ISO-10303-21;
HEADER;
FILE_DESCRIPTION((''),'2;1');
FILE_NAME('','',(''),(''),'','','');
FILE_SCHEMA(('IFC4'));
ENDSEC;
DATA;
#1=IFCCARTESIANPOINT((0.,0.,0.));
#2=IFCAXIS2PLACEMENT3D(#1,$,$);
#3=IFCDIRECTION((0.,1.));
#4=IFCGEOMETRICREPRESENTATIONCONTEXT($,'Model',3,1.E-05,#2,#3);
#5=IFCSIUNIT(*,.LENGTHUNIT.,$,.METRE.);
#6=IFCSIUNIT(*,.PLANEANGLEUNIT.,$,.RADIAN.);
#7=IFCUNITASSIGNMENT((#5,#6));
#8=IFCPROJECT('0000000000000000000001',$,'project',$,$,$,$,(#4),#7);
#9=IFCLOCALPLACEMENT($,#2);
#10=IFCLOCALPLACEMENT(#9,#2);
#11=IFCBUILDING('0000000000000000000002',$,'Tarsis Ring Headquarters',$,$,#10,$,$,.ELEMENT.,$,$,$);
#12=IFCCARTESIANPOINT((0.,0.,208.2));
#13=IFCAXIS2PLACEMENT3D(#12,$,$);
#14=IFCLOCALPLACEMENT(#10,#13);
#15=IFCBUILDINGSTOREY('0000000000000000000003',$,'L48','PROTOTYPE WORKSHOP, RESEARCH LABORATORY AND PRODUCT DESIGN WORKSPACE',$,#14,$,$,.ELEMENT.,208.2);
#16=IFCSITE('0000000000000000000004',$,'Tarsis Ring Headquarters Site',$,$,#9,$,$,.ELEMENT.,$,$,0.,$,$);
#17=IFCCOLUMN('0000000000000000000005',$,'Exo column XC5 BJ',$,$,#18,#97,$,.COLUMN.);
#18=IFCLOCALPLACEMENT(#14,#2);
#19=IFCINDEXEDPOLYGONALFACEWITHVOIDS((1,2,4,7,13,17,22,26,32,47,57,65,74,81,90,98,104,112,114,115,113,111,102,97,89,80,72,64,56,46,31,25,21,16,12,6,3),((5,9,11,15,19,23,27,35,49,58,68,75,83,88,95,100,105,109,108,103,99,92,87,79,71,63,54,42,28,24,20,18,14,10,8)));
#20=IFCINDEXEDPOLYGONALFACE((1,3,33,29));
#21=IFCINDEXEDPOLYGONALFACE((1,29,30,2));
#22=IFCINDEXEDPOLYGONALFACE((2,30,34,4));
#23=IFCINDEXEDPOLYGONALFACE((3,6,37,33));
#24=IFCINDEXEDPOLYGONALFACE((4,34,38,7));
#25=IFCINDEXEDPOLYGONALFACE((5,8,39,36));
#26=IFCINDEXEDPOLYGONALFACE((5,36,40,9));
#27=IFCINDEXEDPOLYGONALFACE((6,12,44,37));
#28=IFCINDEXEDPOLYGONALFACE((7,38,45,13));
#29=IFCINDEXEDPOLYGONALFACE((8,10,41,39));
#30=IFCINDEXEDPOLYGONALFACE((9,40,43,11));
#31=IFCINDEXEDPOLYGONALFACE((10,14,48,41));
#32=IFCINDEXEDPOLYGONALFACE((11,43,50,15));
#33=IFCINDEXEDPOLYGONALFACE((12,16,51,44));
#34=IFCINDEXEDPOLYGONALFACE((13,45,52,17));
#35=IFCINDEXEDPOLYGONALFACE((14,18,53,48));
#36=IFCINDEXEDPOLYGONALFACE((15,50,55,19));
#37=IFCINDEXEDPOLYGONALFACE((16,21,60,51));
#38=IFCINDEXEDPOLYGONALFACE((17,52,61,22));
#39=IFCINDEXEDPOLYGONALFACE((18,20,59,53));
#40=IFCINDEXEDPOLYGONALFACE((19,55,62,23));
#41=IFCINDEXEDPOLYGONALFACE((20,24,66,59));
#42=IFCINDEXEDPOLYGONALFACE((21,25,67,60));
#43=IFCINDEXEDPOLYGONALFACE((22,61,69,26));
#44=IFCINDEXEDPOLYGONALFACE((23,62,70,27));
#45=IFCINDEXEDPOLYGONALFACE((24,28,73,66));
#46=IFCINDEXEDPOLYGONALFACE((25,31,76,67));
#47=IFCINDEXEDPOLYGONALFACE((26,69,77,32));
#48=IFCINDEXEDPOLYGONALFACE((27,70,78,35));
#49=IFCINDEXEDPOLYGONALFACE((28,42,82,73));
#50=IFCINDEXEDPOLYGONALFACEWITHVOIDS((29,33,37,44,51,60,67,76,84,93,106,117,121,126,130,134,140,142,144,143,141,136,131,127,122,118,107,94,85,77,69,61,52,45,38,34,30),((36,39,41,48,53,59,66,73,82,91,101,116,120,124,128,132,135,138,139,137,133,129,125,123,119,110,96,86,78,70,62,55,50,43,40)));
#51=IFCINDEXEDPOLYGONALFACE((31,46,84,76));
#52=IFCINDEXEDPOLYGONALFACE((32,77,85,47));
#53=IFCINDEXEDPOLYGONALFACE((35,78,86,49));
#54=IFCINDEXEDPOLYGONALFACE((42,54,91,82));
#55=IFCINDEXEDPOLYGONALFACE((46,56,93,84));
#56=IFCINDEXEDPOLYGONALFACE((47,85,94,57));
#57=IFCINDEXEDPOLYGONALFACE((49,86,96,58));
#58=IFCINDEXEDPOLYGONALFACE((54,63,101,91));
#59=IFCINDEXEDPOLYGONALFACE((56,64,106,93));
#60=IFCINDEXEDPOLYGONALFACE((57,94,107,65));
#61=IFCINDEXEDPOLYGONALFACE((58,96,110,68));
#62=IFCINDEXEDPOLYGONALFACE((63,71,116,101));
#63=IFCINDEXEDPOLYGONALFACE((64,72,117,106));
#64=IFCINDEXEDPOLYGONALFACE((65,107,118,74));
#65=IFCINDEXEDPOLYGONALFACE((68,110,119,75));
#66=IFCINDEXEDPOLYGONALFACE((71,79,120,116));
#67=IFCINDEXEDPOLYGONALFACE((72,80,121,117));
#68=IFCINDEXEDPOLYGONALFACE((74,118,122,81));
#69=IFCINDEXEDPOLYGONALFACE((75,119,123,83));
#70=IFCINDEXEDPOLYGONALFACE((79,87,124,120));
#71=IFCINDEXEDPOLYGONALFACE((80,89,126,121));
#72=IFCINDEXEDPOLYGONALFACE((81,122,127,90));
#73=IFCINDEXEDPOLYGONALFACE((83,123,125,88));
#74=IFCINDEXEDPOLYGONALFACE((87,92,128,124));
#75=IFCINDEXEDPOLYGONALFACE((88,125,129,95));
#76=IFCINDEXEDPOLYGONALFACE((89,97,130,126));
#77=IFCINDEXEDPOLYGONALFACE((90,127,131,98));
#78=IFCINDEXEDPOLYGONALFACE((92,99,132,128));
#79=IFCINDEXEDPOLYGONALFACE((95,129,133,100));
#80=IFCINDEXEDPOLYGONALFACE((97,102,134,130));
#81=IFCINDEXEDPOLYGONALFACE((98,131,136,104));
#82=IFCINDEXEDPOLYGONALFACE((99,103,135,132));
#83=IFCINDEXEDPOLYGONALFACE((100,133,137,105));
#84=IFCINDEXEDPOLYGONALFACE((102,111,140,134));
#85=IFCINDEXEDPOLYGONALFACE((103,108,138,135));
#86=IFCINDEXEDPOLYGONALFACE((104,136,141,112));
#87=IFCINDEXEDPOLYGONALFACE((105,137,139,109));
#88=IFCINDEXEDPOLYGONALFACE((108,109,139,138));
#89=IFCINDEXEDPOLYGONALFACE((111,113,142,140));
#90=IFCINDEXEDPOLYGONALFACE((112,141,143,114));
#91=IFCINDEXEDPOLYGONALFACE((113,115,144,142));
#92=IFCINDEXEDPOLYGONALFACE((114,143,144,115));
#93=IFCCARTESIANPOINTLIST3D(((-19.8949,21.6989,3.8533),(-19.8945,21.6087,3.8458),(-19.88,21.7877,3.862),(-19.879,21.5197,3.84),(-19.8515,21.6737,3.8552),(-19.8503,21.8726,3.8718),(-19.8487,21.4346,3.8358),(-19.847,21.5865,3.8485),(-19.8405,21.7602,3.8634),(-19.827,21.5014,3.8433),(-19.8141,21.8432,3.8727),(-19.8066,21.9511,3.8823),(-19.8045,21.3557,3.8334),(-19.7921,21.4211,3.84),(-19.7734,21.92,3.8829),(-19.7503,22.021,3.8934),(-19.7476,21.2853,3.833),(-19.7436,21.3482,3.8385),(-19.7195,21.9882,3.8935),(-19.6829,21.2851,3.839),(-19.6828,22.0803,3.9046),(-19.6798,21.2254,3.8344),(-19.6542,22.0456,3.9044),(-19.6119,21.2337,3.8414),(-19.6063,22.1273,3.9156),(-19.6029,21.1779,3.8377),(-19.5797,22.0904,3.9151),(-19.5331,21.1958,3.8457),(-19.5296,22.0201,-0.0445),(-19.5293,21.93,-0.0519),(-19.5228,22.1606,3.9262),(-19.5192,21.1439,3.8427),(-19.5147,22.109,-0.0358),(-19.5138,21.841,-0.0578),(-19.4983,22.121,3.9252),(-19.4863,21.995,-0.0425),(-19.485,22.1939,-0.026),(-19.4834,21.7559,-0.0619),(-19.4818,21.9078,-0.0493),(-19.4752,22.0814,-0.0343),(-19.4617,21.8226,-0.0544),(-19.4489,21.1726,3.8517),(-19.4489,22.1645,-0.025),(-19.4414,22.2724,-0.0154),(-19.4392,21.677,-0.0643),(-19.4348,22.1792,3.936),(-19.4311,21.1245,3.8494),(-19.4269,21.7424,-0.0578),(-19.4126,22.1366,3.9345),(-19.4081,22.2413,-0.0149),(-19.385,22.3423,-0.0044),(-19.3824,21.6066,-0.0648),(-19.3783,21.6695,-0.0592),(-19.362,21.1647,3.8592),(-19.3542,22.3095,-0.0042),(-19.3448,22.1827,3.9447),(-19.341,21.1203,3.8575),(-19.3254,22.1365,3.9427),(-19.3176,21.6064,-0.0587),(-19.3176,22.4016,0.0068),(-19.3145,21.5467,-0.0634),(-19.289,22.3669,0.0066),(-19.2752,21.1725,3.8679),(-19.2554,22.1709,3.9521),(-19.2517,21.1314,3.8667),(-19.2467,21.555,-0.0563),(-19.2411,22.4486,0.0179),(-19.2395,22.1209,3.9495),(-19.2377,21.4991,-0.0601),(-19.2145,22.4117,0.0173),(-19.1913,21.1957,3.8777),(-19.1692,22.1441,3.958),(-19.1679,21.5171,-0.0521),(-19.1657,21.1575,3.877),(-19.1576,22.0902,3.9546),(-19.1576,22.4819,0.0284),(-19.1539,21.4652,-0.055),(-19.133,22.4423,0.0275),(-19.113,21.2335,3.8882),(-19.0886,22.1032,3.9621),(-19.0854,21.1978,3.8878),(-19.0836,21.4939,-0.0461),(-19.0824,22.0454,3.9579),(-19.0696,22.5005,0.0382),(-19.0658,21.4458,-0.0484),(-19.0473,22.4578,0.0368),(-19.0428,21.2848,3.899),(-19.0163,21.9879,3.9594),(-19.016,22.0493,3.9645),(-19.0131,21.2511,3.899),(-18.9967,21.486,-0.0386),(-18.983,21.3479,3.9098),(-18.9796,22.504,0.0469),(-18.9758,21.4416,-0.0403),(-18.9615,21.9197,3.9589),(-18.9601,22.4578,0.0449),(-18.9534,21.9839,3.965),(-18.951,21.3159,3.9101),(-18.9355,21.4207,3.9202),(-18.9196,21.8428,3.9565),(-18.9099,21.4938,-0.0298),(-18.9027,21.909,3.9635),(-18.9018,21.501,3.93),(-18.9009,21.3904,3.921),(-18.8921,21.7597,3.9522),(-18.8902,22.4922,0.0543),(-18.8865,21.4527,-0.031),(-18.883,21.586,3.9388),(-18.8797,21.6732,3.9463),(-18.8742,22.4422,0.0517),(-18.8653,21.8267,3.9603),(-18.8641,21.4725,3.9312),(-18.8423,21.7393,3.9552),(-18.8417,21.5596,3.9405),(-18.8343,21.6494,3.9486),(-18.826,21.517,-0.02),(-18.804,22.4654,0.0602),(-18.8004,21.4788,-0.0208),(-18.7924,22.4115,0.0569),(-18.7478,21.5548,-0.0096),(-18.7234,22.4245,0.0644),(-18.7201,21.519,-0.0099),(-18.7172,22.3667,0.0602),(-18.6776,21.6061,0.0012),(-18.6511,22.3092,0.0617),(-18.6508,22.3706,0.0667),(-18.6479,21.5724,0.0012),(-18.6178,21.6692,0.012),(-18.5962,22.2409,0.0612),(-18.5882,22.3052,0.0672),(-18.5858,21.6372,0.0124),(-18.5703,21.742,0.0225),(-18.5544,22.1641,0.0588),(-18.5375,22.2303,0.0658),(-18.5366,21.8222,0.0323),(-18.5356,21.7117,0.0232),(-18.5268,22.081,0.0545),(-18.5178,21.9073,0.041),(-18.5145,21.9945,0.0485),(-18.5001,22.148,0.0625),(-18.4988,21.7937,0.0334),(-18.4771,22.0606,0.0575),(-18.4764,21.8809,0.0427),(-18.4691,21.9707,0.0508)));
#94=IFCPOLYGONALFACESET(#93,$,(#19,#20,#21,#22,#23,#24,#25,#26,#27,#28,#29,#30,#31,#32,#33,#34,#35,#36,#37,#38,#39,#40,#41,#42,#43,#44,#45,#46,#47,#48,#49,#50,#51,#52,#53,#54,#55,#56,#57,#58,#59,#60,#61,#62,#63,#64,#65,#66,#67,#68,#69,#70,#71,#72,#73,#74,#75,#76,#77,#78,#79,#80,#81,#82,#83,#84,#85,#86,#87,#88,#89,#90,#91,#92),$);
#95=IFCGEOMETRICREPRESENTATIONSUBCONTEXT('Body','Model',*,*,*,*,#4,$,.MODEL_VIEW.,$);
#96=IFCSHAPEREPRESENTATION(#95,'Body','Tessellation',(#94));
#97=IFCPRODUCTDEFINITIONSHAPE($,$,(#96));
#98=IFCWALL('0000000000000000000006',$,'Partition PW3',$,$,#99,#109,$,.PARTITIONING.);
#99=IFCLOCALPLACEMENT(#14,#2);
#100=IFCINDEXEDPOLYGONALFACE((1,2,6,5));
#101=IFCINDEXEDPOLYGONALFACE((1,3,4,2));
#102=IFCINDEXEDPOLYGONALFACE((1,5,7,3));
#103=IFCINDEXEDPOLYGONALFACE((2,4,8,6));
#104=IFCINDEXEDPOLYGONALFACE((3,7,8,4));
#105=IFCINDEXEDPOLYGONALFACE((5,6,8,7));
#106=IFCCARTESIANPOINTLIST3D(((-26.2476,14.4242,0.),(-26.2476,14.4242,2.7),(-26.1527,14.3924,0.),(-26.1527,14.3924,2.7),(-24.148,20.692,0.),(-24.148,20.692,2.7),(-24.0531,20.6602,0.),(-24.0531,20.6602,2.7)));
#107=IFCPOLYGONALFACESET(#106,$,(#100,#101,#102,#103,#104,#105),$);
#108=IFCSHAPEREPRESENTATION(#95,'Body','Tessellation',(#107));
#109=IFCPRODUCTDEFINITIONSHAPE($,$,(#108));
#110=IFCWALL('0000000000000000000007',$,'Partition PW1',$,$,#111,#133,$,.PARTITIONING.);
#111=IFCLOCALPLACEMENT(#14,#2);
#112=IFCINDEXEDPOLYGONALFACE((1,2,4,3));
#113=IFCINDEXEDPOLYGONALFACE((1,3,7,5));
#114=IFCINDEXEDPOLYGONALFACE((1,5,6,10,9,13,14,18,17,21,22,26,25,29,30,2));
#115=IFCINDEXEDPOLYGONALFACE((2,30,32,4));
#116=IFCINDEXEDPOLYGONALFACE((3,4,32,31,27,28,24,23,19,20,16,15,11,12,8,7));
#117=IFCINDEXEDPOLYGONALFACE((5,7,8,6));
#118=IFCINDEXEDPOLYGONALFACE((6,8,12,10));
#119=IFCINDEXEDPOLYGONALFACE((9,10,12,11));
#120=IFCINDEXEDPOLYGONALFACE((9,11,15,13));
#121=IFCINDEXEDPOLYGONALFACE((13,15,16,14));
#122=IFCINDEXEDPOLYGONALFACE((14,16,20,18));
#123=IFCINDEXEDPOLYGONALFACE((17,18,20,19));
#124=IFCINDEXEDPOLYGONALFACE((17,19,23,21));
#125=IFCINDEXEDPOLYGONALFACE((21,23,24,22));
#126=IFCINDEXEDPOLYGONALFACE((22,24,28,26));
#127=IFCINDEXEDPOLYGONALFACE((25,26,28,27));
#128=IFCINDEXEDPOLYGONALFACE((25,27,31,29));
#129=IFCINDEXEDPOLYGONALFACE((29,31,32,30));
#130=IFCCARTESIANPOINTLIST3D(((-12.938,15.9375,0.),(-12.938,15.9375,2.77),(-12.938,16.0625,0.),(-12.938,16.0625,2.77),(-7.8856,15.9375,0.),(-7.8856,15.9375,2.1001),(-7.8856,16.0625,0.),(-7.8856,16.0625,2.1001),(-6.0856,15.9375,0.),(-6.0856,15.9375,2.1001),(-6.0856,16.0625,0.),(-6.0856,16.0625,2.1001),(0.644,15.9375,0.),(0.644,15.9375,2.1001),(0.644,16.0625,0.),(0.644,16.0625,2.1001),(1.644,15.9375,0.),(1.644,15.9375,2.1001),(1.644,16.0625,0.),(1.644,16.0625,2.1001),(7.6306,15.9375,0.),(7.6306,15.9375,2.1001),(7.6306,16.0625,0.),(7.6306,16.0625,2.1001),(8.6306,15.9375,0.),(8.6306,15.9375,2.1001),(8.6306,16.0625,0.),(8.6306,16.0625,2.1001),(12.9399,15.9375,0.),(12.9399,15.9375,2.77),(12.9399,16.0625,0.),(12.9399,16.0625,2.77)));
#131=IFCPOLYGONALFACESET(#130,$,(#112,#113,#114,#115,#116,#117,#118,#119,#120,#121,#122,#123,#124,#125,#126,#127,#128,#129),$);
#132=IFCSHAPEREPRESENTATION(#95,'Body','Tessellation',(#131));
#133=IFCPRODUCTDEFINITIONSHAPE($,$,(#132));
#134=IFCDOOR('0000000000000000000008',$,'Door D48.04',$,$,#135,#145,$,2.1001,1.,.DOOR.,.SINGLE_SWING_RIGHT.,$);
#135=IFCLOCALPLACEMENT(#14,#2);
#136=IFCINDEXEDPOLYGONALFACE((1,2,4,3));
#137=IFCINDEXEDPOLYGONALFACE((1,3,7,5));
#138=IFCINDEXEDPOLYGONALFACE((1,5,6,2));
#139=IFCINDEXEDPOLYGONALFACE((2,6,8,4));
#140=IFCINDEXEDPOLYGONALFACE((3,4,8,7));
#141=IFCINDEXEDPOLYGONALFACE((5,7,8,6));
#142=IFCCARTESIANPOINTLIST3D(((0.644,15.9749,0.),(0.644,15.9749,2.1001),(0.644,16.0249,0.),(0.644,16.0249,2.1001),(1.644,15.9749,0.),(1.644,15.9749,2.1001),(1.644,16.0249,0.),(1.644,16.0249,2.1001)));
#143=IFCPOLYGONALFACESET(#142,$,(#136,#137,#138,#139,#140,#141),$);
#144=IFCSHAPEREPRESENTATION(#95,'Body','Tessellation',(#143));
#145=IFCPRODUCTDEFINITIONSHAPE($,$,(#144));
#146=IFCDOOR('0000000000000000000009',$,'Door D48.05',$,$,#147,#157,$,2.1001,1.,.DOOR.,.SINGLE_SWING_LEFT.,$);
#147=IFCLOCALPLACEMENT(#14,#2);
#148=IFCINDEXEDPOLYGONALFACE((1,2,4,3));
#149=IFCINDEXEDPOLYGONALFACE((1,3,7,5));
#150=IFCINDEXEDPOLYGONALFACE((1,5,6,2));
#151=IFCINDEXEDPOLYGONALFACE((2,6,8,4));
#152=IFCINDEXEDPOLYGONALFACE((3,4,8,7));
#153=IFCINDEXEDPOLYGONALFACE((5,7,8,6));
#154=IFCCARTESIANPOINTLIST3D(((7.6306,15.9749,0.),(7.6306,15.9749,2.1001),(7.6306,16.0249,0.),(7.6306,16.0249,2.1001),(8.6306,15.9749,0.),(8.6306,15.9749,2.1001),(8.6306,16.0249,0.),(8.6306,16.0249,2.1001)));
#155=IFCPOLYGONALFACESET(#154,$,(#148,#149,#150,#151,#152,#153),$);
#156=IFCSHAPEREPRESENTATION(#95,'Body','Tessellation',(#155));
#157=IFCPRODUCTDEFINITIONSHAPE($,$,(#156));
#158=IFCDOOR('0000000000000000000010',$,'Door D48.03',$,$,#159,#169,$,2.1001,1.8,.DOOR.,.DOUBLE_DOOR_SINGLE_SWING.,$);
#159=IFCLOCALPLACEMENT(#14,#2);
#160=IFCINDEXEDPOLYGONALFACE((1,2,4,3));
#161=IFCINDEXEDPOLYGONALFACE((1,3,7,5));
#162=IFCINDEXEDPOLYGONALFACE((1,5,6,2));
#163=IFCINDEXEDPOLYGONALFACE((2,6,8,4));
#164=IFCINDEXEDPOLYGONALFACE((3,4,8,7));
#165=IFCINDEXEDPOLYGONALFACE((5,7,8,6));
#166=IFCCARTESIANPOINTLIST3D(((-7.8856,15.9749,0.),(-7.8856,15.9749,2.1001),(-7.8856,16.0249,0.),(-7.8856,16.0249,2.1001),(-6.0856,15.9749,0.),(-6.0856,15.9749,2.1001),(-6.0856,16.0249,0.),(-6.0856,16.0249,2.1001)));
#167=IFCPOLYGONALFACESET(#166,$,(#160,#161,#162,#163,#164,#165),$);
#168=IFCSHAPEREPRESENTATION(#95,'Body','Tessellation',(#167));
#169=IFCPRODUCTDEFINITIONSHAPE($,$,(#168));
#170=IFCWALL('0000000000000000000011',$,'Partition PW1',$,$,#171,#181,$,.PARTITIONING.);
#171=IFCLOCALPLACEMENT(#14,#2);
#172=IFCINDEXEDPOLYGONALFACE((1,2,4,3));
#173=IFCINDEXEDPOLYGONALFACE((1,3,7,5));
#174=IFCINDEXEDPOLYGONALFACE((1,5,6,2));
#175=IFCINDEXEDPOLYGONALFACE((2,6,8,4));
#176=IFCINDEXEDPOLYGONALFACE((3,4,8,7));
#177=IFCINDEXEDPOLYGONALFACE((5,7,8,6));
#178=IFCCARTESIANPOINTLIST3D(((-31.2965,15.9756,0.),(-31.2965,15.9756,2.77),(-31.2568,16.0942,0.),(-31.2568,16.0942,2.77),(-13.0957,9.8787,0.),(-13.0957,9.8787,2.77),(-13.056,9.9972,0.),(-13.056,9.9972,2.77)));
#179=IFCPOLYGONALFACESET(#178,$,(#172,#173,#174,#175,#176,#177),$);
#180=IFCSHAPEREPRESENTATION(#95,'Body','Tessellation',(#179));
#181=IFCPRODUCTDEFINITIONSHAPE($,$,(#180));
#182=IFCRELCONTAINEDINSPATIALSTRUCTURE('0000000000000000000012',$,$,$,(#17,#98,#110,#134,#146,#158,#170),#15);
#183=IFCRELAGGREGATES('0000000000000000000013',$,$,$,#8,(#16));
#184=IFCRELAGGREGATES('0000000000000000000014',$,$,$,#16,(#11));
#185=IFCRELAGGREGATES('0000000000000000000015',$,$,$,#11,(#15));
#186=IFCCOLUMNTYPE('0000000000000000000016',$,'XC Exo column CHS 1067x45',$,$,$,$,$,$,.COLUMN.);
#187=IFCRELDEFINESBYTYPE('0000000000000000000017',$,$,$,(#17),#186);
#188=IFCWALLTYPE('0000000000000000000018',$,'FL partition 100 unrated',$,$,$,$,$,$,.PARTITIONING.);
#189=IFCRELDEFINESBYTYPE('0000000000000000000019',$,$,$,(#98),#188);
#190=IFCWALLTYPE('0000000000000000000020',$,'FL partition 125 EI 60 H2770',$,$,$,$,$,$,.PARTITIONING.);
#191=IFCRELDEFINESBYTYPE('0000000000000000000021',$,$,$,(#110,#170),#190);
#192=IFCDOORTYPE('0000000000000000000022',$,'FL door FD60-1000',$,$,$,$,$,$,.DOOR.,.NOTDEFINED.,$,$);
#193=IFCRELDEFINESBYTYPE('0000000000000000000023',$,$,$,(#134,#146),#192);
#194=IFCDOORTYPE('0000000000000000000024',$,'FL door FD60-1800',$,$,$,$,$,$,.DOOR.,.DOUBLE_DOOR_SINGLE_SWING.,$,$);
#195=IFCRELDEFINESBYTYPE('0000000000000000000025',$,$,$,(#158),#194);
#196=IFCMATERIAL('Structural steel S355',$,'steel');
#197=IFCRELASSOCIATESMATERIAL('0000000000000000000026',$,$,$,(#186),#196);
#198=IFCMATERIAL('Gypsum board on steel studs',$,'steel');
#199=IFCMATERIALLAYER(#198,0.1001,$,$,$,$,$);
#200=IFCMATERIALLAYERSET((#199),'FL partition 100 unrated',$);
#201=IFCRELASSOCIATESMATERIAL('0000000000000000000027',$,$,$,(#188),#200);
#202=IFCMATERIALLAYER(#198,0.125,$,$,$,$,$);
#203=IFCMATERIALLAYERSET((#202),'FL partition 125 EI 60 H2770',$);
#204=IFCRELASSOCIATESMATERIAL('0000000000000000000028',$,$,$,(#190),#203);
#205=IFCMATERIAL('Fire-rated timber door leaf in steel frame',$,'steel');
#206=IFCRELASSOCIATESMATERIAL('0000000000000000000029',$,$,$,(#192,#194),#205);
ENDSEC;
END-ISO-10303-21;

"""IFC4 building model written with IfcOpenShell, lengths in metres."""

from ifc_helpers import new_model, si_unit, direction, frame, frame_2d, origin, origin_2d, place, context, subcontext, project, spatial, rectangle, hollow_circle, extrude, material, layer, layer_set, material_profile, profile_set, type_object, element, fill, save


model = new_model("IFC4")

# Units and contexts
model_context = context("Model", 3, precision=1e-05, world=origin(), true_north=direction((0.0, 1.0)))
body_context = subcontext(model_context, "Body", "Model", "MODEL_VIEW")
ifc_project = project(units=[si_unit("LENGTHUNIT", "METRE"), si_unit("PLANEANGLEUNIT", "RADIAN")], contexts=[model_context])

# Site, building, storey
site_placement = place(None, origin())
site = spatial("IfcSite", under=ifc_project, at=site_placement, Name="Tarsis Ring Headquarters Site", CompositionType="ELEMENT", RefElevation=0.0)
building_placement = place(site_placement, origin())
building = spatial("IfcBuilding", under=site, at=building_placement, Name="Tarsis Ring Headquarters", CompositionType="ELEMENT")
storey_placement = place(building_placement, frame((0.0, 0.0, 208.2)))
storey = spatial("IfcBuildingStorey", under=building, at=storey_placement, Name="L48", Description="PROTOTYPE WORKSHOP, RESEARCH LABORATORY AND PRODUCT DESIGN WORKSPACE", CompositionType="ELEMENT", Elevation=208.2)

# Column
ifc_material_1 = material(Name="Structural steel S355", Category="steel")
ifc_material_profile_1 = material_profile(ifc_material_1, hollow_circle(Radius=0.5334, WallThickness=0.0449, at=origin_2d()), Name="CHS 1067x45")
ifc_profile_set_1 = profile_set([ifc_material_profile_1], Name="Structural steel S355")
column_type = type_object("IfcColumnType", Name="XC Exo column CHS 1067x45", PredefinedType="COLUMN", material=ifc_profile_set_1)
column_placement = place(storey_placement, frame((-19.0002, 21.9729, 0.0012), z_axis=(-0.092984, -0.081796, 0.992302), x_axis=(0.660492, -0.750833, 0.0)))
element("IfcColumn", 1, at=column_placement, inside=storey, type_object=column_type, Name="Exo column XC5 BJ", PredefinedType="COLUMN", context=body_context, shape_type="SweptSolid", body=[
    extrude(hollow_circle(Radius=0.5334, WallThickness=0.0449, at=origin_2d()), origin(), (0.0, 0.0, 1.0), 3.928),
])

# Wall
ifc_material_2 = material(Name="Gypsum board on steel studs", Category="steel")
ifc_layer_1 = layer(ifc_material_2, 0.1001)
ifc_layer_set_1 = layer_set([ifc_layer_1], Name="FL partition 100 unrated")
wall_type_1 = type_object("IfcWallType", Name="FL partition 100 unrated", PredefinedType="PARTITIONING", material=ifc_layer_set_1)
wall_1_placement = place(storey_placement, frame((-26.2002, 14.4082, 0.0), z_axis=(0.0, 0.0, 1.0), x_axis=(0.317635, 0.948213, 0.0)))
element("IfcWall", 2, at=wall_1_placement, inside=storey, type_object=wall_type_1, Name="Partition PW3", PredefinedType="PARTITIONING", context=body_context, shape_type="SweptSolid", body=[
    extrude(rectangle(XDim=6.6101, YDim=0.1001, at=frame_2d((3.3052, 0.0))), origin(), (0.0, 0.0, 1.0), 2.7),
])

# Wall, openings, doors
ifc_layer_2 = layer(ifc_material_2, 0.125)
ifc_layer_set_2 = layer_set([ifc_layer_2], Name="FL partition 125 EI 60 H2770")
wall_type_2 = type_object("IfcWallType", Name="FL partition 125 EI 60 H2770", PredefinedType="PARTITIONING", material=ifc_layer_set_2)
wall_2_placement = place(storey_placement, frame((-12.938, 16.0, 0.0), z_axis=(0.0, 0.0, 1.0), x_axis=(1.0, 0.0, 0.0)))
wall_2 = element("IfcWall", 3, at=wall_2_placement, inside=storey, type_object=wall_type_2, Name="Partition PW1", PredefinedType="PARTITIONING", context=body_context, shape_type="SweptSolid", body=[
    extrude(rectangle(XDim=25.8779, YDim=0.125, at=frame_2d((12.939, 0.0))), origin(), (0.0, 0.0, 1.0), 2.77),
])
opening_1_placement = place(wall_2_placement, frame((5.0525, 0.0, 0.0)))
opening_1 = element("IfcOpeningElement", 4, at=opening_1_placement, cuts=wall_2, PredefinedType="OPENING", context=body_context, shape_type="SweptSolid", body=[
    extrude(rectangle(XDim=1.8, YDim=2.1001, at=frame_2d((0.8999, 1.05))), frame((0.0, 0.0725, 0.0), z_axis=(0.0, -1.0, 0.0), x_axis=(1.0, 0.0, 0.0)), (0.0, 0.0, 1.0), 0.145),
])
opening_2_placement = place(wall_2_placement, frame((13.582, 0.0, 0.0)))
opening_2 = element("IfcOpeningElement", 5, at=opening_2_placement, cuts=wall_2, PredefinedType="OPENING", context=body_context, shape_type="SweptSolid", body=[
    extrude(rectangle(XDim=1.0, YDim=2.1001, at=frame_2d((0.5, 1.05))), frame((0.0, 0.0725, 0.0), z_axis=(0.0, -1.0, 0.0), x_axis=(1.0, 0.0, 0.0)), (0.0, 0.0, 1.0), 0.145),
])
opening_3_placement = place(wall_2_placement, frame((20.5686, 0.0, 0.0)))
opening_3 = element("IfcOpeningElement", 6, at=opening_3_placement, cuts=wall_2, PredefinedType="OPENING", context=body_context, shape_type="SweptSolid", body=[
    extrude(rectangle(XDim=1.0, YDim=2.1001, at=frame_2d((0.5, 1.05))), frame((0.0, 0.0725, 0.0), z_axis=(0.0, -1.0, 0.0), x_axis=(1.0, 0.0, 0.0)), (0.0, 0.0, 1.0), 0.145),
])
ifc_material_3 = material(Name="Fire-rated timber door leaf in steel frame", Category="steel")
door_type_1 = type_object("IfcDoorType", Name="FL door FD60-1000", OperationType="NOTDEFINED", PredefinedType="DOOR", material=ifc_material_3)
door_1_placement = place(opening_2_placement, origin())
door_1 = element("IfcDoor", 7, at=door_1_placement, inside=storey, type_object=door_type_1, Name="Door D48.04", OperationType="SINGLE_SWING_RIGHT", OverallHeight=2.1001, OverallWidth=1.0, PredefinedType="DOOR", context=body_context, shape_type="SweptSolid", body=[
    extrude(rectangle(XDim=1.0, YDim=2.1001, at=frame_2d((0.5, 1.05))), frame((0.0, 0.0249, 0.0), z_axis=(0.0, -1.0, 0.0), x_axis=(1.0, 0.0, 0.0)), (0.0, 0.0, 1.0), 0.05),
])
fill(opening_2, door_1)
door_2_placement = place(opening_3_placement, origin())
door_2 = element("IfcDoor", 8, at=door_2_placement, inside=storey, type_object=door_type_1, Name="Door D48.05", OperationType="SINGLE_SWING_LEFT", OverallHeight=2.1001, OverallWidth=1.0, PredefinedType="DOOR", context=body_context, shape_type="SweptSolid", body=[
    extrude(rectangle(XDim=1.0, YDim=2.1001, at=frame_2d((0.5, 1.05))), frame((0.0, 0.0249, 0.0), z_axis=(0.0, -1.0, 0.0), x_axis=(1.0, 0.0, 0.0)), (0.0, 0.0, 1.0), 0.05),
])
fill(opening_3, door_2)
door_type_2 = type_object("IfcDoorType", Name="FL door FD60-1800", OperationType="DOUBLE_DOOR_SINGLE_SWING", PredefinedType="DOOR", material=ifc_material_3)
door_3_placement = place(opening_1_placement, origin())
door_3 = element("IfcDoor", 9, at=door_3_placement, inside=storey, type_object=door_type_2, Name="Door D48.03", OperationType="DOUBLE_DOOR_SINGLE_SWING", OverallHeight=2.1001, OverallWidth=1.8, PredefinedType="DOOR", context=body_context, shape_type="SweptSolid", body=[
    extrude(rectangle(XDim=1.8, YDim=2.1001, at=frame_2d((0.8999, 1.05))), frame((0.0, 0.0249, 0.0), z_axis=(0.0, -1.0, 0.0), x_axis=(1.0, 0.0, 0.0)), (0.0, 0.0, 1.0), 0.05),
])
fill(opening_1, door_3)

# Wall
wall_3_placement = place(storey_placement, frame((-31.2766, 16.0349, 0.0), z_axis=(0.0, 0.0, 1.0), x_axis=(0.948213, -0.317635, 0.0)))
element("IfcWall", 10, at=wall_3_placement, inside=storey, type_object=wall_type_2, Name="Partition PW1", PredefinedType="PARTITIONING", context=body_context, shape_type="SweptSolid", body=[
    extrude(rectangle(XDim=19.1948, YDim=0.125, at=frame_2d((9.5974, 0.0))), origin(), (0.0, 0.0, 1.0), 2.77),
])

save(model, "model.ifc")
